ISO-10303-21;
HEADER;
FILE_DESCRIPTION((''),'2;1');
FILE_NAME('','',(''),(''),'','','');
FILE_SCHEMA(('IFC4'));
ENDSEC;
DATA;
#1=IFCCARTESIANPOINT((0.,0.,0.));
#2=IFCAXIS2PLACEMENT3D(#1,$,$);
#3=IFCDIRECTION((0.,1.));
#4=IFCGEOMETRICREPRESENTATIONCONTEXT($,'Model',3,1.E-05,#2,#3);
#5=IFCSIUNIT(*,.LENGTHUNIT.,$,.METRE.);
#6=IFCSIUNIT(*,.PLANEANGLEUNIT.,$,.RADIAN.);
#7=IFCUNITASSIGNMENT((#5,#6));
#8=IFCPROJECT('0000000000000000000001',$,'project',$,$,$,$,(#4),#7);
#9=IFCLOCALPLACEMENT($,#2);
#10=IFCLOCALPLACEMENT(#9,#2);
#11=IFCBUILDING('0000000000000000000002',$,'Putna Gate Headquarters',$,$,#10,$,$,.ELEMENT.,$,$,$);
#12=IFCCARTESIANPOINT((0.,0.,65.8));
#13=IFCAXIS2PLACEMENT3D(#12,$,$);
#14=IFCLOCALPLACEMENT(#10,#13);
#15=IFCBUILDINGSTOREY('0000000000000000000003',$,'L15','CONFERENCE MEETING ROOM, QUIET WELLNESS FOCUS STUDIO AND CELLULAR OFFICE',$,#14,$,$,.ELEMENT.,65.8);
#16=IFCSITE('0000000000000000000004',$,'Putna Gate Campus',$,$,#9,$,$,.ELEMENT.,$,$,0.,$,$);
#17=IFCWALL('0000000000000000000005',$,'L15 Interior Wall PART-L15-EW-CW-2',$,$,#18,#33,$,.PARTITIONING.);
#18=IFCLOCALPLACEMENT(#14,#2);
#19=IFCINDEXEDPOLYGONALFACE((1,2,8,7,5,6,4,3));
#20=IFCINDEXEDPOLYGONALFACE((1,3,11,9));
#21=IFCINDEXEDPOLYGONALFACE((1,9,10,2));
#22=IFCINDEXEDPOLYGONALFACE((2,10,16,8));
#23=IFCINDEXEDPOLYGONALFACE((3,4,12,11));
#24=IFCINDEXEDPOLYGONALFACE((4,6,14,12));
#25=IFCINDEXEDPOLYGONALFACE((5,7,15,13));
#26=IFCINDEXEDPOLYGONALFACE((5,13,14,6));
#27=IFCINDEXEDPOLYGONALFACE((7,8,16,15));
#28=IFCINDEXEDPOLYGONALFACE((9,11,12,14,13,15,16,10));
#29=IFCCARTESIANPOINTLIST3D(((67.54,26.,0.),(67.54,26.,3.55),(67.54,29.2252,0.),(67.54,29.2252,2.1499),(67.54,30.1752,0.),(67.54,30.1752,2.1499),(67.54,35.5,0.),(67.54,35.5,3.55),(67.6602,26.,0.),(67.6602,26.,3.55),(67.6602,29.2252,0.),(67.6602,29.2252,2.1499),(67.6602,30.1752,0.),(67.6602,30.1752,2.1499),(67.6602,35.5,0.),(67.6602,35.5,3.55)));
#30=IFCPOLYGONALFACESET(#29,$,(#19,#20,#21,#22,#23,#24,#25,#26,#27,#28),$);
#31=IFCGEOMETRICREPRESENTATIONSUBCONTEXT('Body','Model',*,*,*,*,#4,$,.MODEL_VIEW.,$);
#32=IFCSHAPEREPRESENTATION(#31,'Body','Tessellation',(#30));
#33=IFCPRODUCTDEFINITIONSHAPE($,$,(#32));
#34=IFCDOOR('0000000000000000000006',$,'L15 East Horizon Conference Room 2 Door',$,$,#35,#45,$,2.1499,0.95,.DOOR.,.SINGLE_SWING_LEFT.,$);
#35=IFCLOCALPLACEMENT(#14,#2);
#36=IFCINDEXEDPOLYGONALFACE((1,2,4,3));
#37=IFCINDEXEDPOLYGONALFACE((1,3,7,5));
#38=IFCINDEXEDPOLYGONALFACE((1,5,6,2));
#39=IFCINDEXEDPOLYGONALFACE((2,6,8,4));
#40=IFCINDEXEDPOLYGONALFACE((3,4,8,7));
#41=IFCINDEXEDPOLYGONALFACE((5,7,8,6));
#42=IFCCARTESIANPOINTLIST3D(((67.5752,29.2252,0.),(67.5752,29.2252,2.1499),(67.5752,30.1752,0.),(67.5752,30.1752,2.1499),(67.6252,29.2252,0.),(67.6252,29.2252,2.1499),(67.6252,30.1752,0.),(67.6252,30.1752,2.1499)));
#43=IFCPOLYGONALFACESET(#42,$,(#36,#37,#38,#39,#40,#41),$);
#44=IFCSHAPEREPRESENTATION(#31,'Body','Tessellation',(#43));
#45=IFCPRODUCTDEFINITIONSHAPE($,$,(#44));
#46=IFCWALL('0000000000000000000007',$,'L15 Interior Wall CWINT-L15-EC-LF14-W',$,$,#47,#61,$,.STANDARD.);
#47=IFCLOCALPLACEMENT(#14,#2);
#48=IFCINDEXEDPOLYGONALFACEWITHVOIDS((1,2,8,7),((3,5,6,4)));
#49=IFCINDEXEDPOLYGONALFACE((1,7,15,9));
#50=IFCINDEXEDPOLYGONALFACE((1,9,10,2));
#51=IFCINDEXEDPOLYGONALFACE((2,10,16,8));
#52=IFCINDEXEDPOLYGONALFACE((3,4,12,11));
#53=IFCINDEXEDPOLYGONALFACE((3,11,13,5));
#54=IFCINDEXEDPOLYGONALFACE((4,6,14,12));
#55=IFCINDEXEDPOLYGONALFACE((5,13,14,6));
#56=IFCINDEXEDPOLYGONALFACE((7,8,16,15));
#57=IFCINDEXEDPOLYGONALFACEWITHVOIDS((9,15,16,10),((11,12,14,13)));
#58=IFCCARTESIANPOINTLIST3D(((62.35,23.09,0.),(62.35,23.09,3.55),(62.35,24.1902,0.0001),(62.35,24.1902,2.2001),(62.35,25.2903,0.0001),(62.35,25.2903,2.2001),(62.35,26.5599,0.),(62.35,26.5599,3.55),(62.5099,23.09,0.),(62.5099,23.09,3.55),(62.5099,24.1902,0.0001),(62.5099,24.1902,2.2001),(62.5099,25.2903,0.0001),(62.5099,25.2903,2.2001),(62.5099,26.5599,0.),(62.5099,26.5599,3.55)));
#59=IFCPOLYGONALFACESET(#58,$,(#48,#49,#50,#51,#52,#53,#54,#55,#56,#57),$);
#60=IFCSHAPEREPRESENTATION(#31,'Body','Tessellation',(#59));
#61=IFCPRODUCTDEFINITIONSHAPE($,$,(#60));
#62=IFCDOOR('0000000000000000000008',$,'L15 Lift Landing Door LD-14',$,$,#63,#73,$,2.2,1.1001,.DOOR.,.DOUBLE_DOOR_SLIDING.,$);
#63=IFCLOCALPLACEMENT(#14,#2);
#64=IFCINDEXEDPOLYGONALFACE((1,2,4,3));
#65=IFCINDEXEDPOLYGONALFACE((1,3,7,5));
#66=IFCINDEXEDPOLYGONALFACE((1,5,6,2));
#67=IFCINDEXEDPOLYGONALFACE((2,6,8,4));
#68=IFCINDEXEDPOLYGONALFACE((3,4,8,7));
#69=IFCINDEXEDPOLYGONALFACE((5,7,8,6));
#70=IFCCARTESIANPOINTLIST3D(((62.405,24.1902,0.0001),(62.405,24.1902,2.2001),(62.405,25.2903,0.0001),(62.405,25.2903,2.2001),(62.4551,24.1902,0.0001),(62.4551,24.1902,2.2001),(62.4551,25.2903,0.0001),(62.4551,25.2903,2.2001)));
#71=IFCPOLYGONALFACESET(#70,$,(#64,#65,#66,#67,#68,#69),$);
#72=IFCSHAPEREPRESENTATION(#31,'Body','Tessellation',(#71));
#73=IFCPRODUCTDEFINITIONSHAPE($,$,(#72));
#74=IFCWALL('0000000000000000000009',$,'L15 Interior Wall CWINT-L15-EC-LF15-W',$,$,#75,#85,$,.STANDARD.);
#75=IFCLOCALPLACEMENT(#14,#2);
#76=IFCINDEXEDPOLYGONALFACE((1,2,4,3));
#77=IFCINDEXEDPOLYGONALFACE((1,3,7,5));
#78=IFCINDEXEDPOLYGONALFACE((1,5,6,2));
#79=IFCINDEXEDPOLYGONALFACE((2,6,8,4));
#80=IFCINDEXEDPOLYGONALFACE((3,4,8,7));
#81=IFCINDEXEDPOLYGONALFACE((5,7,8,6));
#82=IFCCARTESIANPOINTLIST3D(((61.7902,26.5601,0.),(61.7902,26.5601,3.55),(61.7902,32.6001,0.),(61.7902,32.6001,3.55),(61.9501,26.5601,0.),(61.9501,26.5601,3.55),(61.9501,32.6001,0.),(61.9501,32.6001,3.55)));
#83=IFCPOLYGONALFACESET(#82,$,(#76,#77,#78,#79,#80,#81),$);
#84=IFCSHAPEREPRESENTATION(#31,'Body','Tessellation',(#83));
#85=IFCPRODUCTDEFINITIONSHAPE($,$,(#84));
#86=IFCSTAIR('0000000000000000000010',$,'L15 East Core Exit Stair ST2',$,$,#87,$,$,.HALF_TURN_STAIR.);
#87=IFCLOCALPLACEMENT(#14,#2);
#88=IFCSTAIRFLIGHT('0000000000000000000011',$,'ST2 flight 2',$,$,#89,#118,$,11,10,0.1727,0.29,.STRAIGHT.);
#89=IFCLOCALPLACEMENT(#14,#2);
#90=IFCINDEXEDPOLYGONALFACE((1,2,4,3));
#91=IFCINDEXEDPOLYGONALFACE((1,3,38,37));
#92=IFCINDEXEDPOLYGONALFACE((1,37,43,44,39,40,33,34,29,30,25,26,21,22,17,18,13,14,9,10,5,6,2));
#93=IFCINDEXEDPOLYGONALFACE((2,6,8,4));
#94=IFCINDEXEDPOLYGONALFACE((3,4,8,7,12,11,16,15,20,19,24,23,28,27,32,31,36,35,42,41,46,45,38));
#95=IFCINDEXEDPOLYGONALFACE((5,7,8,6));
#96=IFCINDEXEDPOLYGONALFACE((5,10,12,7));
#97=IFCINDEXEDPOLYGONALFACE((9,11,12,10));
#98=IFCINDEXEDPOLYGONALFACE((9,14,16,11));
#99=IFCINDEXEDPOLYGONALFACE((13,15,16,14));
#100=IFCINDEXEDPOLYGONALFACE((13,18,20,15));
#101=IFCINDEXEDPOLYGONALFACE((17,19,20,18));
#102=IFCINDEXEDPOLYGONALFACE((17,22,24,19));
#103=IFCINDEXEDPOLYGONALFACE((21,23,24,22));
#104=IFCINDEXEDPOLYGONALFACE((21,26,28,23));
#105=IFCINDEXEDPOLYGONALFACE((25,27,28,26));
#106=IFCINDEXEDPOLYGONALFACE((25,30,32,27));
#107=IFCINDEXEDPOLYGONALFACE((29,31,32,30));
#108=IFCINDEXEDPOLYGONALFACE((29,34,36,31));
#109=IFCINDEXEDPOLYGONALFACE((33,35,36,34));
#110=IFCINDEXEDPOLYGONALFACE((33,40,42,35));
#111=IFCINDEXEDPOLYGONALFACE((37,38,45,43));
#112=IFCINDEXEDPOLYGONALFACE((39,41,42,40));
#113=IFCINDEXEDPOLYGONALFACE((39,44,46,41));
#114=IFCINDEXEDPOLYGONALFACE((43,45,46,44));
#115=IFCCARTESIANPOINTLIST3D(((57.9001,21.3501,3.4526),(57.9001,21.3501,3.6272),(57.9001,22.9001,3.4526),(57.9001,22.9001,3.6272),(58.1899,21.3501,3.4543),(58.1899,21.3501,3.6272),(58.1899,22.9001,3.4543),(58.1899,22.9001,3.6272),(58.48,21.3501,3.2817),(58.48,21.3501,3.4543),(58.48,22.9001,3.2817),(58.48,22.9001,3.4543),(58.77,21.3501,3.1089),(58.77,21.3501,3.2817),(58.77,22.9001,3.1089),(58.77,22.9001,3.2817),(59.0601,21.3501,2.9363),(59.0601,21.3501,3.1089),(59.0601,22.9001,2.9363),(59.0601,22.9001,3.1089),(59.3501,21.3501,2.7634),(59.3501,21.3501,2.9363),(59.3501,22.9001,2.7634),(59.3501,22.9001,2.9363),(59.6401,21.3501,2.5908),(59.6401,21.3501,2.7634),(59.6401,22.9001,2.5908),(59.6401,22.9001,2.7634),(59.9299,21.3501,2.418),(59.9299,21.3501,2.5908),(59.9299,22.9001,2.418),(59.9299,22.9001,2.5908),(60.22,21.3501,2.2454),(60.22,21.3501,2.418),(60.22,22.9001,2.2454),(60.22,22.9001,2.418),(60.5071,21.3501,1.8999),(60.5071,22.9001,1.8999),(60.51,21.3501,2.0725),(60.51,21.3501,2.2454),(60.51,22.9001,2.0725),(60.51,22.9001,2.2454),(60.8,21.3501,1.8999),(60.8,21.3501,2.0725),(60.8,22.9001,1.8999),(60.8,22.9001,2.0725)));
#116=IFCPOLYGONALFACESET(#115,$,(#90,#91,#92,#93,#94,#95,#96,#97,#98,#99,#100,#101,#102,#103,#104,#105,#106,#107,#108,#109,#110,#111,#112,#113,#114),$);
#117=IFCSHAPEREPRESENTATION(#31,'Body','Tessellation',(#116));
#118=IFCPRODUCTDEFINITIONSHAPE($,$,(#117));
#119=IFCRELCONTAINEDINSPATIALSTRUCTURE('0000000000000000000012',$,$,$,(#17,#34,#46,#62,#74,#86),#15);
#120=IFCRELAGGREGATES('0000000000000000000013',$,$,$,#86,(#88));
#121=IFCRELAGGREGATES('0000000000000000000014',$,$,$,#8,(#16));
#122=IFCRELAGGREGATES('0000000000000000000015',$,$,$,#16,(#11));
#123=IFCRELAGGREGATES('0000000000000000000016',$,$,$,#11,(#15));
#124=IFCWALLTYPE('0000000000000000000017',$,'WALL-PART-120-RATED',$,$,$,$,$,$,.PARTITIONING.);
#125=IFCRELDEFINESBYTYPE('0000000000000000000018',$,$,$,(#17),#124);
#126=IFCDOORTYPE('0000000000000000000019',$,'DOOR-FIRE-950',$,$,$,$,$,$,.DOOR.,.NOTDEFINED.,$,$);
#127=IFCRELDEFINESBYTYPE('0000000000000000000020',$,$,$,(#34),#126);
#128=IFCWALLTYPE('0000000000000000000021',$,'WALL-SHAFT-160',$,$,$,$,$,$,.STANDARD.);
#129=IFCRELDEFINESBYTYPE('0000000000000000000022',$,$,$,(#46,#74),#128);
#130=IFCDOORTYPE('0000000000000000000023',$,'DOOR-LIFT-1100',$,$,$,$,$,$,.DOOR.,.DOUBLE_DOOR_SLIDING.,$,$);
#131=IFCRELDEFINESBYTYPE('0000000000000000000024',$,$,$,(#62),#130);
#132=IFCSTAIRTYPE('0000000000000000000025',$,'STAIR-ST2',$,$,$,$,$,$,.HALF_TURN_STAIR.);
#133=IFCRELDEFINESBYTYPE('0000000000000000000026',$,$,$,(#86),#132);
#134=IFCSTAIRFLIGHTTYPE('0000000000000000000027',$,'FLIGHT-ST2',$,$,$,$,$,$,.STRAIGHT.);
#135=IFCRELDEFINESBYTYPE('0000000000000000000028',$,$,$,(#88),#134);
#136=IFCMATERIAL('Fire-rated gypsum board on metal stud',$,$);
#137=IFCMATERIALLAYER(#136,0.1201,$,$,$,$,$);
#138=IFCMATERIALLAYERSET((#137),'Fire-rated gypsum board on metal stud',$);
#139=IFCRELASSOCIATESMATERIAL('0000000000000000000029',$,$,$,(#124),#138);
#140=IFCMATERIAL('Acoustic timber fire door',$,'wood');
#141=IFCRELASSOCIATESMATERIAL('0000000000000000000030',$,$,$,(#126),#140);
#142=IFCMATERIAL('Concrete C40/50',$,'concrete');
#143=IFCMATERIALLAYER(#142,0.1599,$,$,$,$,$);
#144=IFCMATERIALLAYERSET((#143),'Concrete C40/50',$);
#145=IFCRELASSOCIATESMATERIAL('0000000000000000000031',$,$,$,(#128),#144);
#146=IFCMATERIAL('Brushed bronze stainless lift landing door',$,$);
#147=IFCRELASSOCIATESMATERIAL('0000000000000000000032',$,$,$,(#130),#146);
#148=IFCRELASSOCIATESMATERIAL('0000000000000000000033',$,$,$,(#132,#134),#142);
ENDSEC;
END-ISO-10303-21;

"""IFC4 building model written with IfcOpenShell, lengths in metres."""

from ifc_helpers import new_model, si_unit, direction, frame, frame_2d, origin, place, context, subcontext, project, spatial, polyline, rectangle, outline, extrude, material, layer, layer_set, type_object, element, fill, aggregate, save


model = new_model("IFC4")

# Units and contexts
model_context = context("Model", 3, precision=1e-05, world=origin(), true_north=direction((0.0, 1.0)))
body_context = subcontext(model_context, "Body", "Model", "MODEL_VIEW")
ifc_project = project(units=[si_unit("LENGTHUNIT", "METRE"), si_unit("PLANEANGLEUNIT", "RADIAN")], contexts=[model_context])

# Site, building, storey
site_placement = place(None, origin())
site = spatial("IfcSite", under=ifc_project, at=site_placement, Name="Putna Gate Campus", CompositionType="ELEMENT", RefElevation=0.0)
building_placement = place(site_placement, origin())
building = spatial("IfcBuilding", under=site, at=building_placement, Name="Putna Gate Headquarters", CompositionType="ELEMENT")
storey_placement = place(building_placement, frame((0.0, 0.0, 65.8)))
storey = spatial("IfcBuildingStorey", under=building, at=storey_placement, Name="L15", Description="CONFERENCE MEETING ROOM, QUIET WELLNESS FOCUS STUDIO AND CELLULAR OFFICE", CompositionType="ELEMENT", Elevation=65.8)

# Shared definitions
ifc_material_1 = material(Name="Fire-rated gypsum board on metal stud")
ifc_layer_1 = layer(ifc_material_1, 0.1201)
ifc_layer_set_1 = layer_set([ifc_layer_1], Name="Fire-rated gypsum board on metal stud")
wall_type_1 = type_object("IfcWallType", Name="WALL-PART-120-RATED", PredefinedType="PARTITIONING", material=ifc_layer_set_1)

# Walls, openings, doors
wall_1_placement = place(storey_placement, frame((67.6001, 26.0, 0.0), z_axis=(0.0, 0.0, 1.0), x_axis=(0.0, 1.0, 0.0)))
wall_1 = element("IfcWall", 1, at=wall_1_placement, inside=storey, type_object=wall_type_1, Name="L15 Interior Wall PART-L15-EW-CW-2", PredefinedType="PARTITIONING", context=body_context, shape_type="SweptSolid", body=[
    extrude(rectangle(XDim=9.5, YDim=0.1201, at=frame_2d((4.75, 0.0))), origin(), (0.0, 0.0, 1.0), 3.55),
])
opening_1_placement = place(wall_1_placement, frame((3.2251, 0.0, 0.0)))
opening_1 = element("IfcOpeningElement", 2, at=opening_1_placement, cuts=wall_1, PredefinedType="OPENING", context=body_context, shape_type="SweptSolid", body=[
    extrude(rectangle(XDim=0.95, YDim=2.1499, at=frame_2d((0.4751, 1.075))), frame((0.0, 0.0701, 0.0), z_axis=(0.0, -1.0, 0.0), x_axis=(1.0, 0.0, 0.0)), (0.0, 0.0, 1.0), 0.1401),
])
ifc_material_2 = material(Name="Acoustic timber fire door", Category="wood")
door_type_1 = type_object("IfcDoorType", Name="DOOR-FIRE-950", OperationType="NOTDEFINED", PredefinedType="DOOR", material=ifc_material_2)
door_1_placement = place(opening_1_placement, origin())
door_1 = element("IfcDoor", 3, at=door_1_placement, inside=storey, type_object=door_type_1, Name="L15 East Horizon Conference Room 2 Door", OperationType="SINGLE_SWING_LEFT", OverallHeight=2.1499, OverallWidth=0.95, PredefinedType="DOOR", context=body_context, shape_type="SweptSolid", body=[
    extrude(rectangle(XDim=0.95, YDim=2.1499, at=frame_2d((0.4751, 1.075))), frame((0.0, 0.0249, 0.0), z_axis=(0.0, -1.0, 0.0), x_axis=(1.0, 0.0, 0.0)), (0.0, 0.0, 1.0), 0.05),
])
fill(opening_1, door_1)
ifc_material_3 = material(Name="Concrete C40/50", Category="concrete")
ifc_layer_2 = layer(ifc_material_3, 0.1599)
ifc_layer_set_2 = layer_set([ifc_layer_2], Name="Concrete C40/50")
wall_type_2 = type_object("IfcWallType", Name="WALL-SHAFT-160", PredefinedType="STANDARD", material=ifc_layer_set_2)
wall_2_placement = place(storey_placement, frame((62.4299, 23.0901, 0.0), z_axis=(0.0, 0.0, 1.0), x_axis=(0.0, 1.0, 0.0)))
wall_2 = element("IfcWall", 4, at=wall_2_placement, inside=storey, type_object=wall_type_2, Name="L15 Interior Wall CWINT-L15-EC-LF14-W", PredefinedType="STANDARD", context=body_context, shape_type="SweptSolid", body=[
    extrude(rectangle(XDim=3.47, YDim=0.1599, at=frame_2d((1.7349, 0.0))), origin(), (0.0, 0.0, 1.0), 3.55),
])
opening_2_placement = place(wall_2_placement, frame((1.1001, 0.0, 0.0)))
opening_2 = element("IfcOpeningElement", 5, at=opening_2_placement, cuts=wall_2, PredefinedType="OPENING", context=body_context, shape_type="SweptSolid", body=[
    extrude(rectangle(XDim=1.1001, YDim=2.2, at=frame_2d((0.55, 1.1001))), frame((0.0, 0.0898, 0.0), z_axis=(0.0, -1.0, 0.0), x_axis=(1.0, 0.0, 0.0)), (0.0, 0.0, 1.0), 0.1799),
])
ifc_material_4 = material(Name="Brushed bronze stainless lift landing door")
door_type_2 = type_object("IfcDoorType", Name="DOOR-LIFT-1100", OperationType="DOUBLE_DOOR_SLIDING", PredefinedType="DOOR", material=ifc_material_4)
door_2_placement = place(opening_2_placement, origin())
door_2 = element("IfcDoor", 6, at=door_2_placement, inside=storey, type_object=door_type_2, Name="L15 Lift Landing Door LD-14", OperationType="DOUBLE_DOOR_SLIDING", OverallHeight=2.2, OverallWidth=1.1001, PredefinedType="DOOR", context=body_context, shape_type="SweptSolid", body=[
    extrude(rectangle(XDim=1.1001, YDim=2.2, at=frame_2d((0.55, 1.1001))), frame((0.0, 0.0249, 0.0), z_axis=(0.0, -1.0, 0.0), x_axis=(1.0, 0.0, 0.0)), (0.0, 0.0, 1.0), 0.05),
])
fill(opening_2, door_2)

# Wall
wall_3_placement = place(storey_placement, frame((61.8701, 26.5601, 0.0), z_axis=(0.0, 0.0, 1.0), x_axis=(0.0, 1.0, 0.0)))
element("IfcWall", 7, at=wall_3_placement, inside=storey, type_object=wall_type_2, Name="L15 Interior Wall CWINT-L15-EC-LF15-W", PredefinedType="STANDARD", context=body_context, shape_type="SweptSolid", body=[
    extrude(rectangle(XDim=6.04, YDim=0.1599, at=frame_2d((3.02, 0.0))), origin(), (0.0, 0.0, 1.0), 3.55),
])

# Stair, stair flight
stair_type = type_object("IfcStairType", Name="STAIR-ST2", PredefinedType="HALF_TURN_STAIR", material=ifc_material_3)
stair_placement = place(storey_placement, origin())
stair = element("IfcStair", 8, at=stair_placement, inside=storey, type_object=stair_type, Name="L15 East Core Exit Stair ST2", PredefinedType="HALF_TURN_STAIR")
stair_flight_type = type_object("IfcStairFlightType", Name="FLIGHT-ST2", PredefinedType="STRAIGHT", material=ifc_material_3)
stair_flight_placement = place(storey_placement, frame((60.8, 22.125, 1.8999), z_axis=(0.0, 0.0, 1.0), x_axis=(-1.0, 0.0, 0.0)))
stair_flight = element("IfcStairFlight", 9, at=stair_flight_placement, type_object=stair_flight_type, Name="ST2 flight 2", NumberOfRisers=11, NumberOfTreads=10, PredefinedType="STRAIGHT", RiserHeight=0.1727, TreadLength=0.29, context=body_context, shape_type="SweptSolid", body=[
    extrude(outline(polyline([(0.0, 0.0), (0.0, 0.1726), (0.29, 0.1726), (0.29, 0.3455), (0.5801, 0.3455), (0.5801, 0.5181), (0.8701, 0.5181), (0.8701, 0.6909), (1.1599, 0.6909), (1.1599, 0.8635), (1.45, 0.8635), (1.45, 1.0364), (1.74, 1.0364), (1.74, 1.209), (2.03, 1.209), (2.03, 1.3818), (2.3201, 1.3818), (2.3201, 1.5544), (2.6101, 1.5544), (2.6101, 1.7273), (2.8999, 1.7273), (2.8999, 1.8999), (2.8999, 1.5527), (0.293, 0.0), (0.0, 0.0)])), frame((0.0, 0.7749, 0.0), z_axis=(0.0, -1.0, 0.0), x_axis=(1.0, 0.0, 0.0)), (0.0, 0.0, 1.0), 1.55),
])
aggregate(stair, [stair_flight])

save(model, "model.ifc")
